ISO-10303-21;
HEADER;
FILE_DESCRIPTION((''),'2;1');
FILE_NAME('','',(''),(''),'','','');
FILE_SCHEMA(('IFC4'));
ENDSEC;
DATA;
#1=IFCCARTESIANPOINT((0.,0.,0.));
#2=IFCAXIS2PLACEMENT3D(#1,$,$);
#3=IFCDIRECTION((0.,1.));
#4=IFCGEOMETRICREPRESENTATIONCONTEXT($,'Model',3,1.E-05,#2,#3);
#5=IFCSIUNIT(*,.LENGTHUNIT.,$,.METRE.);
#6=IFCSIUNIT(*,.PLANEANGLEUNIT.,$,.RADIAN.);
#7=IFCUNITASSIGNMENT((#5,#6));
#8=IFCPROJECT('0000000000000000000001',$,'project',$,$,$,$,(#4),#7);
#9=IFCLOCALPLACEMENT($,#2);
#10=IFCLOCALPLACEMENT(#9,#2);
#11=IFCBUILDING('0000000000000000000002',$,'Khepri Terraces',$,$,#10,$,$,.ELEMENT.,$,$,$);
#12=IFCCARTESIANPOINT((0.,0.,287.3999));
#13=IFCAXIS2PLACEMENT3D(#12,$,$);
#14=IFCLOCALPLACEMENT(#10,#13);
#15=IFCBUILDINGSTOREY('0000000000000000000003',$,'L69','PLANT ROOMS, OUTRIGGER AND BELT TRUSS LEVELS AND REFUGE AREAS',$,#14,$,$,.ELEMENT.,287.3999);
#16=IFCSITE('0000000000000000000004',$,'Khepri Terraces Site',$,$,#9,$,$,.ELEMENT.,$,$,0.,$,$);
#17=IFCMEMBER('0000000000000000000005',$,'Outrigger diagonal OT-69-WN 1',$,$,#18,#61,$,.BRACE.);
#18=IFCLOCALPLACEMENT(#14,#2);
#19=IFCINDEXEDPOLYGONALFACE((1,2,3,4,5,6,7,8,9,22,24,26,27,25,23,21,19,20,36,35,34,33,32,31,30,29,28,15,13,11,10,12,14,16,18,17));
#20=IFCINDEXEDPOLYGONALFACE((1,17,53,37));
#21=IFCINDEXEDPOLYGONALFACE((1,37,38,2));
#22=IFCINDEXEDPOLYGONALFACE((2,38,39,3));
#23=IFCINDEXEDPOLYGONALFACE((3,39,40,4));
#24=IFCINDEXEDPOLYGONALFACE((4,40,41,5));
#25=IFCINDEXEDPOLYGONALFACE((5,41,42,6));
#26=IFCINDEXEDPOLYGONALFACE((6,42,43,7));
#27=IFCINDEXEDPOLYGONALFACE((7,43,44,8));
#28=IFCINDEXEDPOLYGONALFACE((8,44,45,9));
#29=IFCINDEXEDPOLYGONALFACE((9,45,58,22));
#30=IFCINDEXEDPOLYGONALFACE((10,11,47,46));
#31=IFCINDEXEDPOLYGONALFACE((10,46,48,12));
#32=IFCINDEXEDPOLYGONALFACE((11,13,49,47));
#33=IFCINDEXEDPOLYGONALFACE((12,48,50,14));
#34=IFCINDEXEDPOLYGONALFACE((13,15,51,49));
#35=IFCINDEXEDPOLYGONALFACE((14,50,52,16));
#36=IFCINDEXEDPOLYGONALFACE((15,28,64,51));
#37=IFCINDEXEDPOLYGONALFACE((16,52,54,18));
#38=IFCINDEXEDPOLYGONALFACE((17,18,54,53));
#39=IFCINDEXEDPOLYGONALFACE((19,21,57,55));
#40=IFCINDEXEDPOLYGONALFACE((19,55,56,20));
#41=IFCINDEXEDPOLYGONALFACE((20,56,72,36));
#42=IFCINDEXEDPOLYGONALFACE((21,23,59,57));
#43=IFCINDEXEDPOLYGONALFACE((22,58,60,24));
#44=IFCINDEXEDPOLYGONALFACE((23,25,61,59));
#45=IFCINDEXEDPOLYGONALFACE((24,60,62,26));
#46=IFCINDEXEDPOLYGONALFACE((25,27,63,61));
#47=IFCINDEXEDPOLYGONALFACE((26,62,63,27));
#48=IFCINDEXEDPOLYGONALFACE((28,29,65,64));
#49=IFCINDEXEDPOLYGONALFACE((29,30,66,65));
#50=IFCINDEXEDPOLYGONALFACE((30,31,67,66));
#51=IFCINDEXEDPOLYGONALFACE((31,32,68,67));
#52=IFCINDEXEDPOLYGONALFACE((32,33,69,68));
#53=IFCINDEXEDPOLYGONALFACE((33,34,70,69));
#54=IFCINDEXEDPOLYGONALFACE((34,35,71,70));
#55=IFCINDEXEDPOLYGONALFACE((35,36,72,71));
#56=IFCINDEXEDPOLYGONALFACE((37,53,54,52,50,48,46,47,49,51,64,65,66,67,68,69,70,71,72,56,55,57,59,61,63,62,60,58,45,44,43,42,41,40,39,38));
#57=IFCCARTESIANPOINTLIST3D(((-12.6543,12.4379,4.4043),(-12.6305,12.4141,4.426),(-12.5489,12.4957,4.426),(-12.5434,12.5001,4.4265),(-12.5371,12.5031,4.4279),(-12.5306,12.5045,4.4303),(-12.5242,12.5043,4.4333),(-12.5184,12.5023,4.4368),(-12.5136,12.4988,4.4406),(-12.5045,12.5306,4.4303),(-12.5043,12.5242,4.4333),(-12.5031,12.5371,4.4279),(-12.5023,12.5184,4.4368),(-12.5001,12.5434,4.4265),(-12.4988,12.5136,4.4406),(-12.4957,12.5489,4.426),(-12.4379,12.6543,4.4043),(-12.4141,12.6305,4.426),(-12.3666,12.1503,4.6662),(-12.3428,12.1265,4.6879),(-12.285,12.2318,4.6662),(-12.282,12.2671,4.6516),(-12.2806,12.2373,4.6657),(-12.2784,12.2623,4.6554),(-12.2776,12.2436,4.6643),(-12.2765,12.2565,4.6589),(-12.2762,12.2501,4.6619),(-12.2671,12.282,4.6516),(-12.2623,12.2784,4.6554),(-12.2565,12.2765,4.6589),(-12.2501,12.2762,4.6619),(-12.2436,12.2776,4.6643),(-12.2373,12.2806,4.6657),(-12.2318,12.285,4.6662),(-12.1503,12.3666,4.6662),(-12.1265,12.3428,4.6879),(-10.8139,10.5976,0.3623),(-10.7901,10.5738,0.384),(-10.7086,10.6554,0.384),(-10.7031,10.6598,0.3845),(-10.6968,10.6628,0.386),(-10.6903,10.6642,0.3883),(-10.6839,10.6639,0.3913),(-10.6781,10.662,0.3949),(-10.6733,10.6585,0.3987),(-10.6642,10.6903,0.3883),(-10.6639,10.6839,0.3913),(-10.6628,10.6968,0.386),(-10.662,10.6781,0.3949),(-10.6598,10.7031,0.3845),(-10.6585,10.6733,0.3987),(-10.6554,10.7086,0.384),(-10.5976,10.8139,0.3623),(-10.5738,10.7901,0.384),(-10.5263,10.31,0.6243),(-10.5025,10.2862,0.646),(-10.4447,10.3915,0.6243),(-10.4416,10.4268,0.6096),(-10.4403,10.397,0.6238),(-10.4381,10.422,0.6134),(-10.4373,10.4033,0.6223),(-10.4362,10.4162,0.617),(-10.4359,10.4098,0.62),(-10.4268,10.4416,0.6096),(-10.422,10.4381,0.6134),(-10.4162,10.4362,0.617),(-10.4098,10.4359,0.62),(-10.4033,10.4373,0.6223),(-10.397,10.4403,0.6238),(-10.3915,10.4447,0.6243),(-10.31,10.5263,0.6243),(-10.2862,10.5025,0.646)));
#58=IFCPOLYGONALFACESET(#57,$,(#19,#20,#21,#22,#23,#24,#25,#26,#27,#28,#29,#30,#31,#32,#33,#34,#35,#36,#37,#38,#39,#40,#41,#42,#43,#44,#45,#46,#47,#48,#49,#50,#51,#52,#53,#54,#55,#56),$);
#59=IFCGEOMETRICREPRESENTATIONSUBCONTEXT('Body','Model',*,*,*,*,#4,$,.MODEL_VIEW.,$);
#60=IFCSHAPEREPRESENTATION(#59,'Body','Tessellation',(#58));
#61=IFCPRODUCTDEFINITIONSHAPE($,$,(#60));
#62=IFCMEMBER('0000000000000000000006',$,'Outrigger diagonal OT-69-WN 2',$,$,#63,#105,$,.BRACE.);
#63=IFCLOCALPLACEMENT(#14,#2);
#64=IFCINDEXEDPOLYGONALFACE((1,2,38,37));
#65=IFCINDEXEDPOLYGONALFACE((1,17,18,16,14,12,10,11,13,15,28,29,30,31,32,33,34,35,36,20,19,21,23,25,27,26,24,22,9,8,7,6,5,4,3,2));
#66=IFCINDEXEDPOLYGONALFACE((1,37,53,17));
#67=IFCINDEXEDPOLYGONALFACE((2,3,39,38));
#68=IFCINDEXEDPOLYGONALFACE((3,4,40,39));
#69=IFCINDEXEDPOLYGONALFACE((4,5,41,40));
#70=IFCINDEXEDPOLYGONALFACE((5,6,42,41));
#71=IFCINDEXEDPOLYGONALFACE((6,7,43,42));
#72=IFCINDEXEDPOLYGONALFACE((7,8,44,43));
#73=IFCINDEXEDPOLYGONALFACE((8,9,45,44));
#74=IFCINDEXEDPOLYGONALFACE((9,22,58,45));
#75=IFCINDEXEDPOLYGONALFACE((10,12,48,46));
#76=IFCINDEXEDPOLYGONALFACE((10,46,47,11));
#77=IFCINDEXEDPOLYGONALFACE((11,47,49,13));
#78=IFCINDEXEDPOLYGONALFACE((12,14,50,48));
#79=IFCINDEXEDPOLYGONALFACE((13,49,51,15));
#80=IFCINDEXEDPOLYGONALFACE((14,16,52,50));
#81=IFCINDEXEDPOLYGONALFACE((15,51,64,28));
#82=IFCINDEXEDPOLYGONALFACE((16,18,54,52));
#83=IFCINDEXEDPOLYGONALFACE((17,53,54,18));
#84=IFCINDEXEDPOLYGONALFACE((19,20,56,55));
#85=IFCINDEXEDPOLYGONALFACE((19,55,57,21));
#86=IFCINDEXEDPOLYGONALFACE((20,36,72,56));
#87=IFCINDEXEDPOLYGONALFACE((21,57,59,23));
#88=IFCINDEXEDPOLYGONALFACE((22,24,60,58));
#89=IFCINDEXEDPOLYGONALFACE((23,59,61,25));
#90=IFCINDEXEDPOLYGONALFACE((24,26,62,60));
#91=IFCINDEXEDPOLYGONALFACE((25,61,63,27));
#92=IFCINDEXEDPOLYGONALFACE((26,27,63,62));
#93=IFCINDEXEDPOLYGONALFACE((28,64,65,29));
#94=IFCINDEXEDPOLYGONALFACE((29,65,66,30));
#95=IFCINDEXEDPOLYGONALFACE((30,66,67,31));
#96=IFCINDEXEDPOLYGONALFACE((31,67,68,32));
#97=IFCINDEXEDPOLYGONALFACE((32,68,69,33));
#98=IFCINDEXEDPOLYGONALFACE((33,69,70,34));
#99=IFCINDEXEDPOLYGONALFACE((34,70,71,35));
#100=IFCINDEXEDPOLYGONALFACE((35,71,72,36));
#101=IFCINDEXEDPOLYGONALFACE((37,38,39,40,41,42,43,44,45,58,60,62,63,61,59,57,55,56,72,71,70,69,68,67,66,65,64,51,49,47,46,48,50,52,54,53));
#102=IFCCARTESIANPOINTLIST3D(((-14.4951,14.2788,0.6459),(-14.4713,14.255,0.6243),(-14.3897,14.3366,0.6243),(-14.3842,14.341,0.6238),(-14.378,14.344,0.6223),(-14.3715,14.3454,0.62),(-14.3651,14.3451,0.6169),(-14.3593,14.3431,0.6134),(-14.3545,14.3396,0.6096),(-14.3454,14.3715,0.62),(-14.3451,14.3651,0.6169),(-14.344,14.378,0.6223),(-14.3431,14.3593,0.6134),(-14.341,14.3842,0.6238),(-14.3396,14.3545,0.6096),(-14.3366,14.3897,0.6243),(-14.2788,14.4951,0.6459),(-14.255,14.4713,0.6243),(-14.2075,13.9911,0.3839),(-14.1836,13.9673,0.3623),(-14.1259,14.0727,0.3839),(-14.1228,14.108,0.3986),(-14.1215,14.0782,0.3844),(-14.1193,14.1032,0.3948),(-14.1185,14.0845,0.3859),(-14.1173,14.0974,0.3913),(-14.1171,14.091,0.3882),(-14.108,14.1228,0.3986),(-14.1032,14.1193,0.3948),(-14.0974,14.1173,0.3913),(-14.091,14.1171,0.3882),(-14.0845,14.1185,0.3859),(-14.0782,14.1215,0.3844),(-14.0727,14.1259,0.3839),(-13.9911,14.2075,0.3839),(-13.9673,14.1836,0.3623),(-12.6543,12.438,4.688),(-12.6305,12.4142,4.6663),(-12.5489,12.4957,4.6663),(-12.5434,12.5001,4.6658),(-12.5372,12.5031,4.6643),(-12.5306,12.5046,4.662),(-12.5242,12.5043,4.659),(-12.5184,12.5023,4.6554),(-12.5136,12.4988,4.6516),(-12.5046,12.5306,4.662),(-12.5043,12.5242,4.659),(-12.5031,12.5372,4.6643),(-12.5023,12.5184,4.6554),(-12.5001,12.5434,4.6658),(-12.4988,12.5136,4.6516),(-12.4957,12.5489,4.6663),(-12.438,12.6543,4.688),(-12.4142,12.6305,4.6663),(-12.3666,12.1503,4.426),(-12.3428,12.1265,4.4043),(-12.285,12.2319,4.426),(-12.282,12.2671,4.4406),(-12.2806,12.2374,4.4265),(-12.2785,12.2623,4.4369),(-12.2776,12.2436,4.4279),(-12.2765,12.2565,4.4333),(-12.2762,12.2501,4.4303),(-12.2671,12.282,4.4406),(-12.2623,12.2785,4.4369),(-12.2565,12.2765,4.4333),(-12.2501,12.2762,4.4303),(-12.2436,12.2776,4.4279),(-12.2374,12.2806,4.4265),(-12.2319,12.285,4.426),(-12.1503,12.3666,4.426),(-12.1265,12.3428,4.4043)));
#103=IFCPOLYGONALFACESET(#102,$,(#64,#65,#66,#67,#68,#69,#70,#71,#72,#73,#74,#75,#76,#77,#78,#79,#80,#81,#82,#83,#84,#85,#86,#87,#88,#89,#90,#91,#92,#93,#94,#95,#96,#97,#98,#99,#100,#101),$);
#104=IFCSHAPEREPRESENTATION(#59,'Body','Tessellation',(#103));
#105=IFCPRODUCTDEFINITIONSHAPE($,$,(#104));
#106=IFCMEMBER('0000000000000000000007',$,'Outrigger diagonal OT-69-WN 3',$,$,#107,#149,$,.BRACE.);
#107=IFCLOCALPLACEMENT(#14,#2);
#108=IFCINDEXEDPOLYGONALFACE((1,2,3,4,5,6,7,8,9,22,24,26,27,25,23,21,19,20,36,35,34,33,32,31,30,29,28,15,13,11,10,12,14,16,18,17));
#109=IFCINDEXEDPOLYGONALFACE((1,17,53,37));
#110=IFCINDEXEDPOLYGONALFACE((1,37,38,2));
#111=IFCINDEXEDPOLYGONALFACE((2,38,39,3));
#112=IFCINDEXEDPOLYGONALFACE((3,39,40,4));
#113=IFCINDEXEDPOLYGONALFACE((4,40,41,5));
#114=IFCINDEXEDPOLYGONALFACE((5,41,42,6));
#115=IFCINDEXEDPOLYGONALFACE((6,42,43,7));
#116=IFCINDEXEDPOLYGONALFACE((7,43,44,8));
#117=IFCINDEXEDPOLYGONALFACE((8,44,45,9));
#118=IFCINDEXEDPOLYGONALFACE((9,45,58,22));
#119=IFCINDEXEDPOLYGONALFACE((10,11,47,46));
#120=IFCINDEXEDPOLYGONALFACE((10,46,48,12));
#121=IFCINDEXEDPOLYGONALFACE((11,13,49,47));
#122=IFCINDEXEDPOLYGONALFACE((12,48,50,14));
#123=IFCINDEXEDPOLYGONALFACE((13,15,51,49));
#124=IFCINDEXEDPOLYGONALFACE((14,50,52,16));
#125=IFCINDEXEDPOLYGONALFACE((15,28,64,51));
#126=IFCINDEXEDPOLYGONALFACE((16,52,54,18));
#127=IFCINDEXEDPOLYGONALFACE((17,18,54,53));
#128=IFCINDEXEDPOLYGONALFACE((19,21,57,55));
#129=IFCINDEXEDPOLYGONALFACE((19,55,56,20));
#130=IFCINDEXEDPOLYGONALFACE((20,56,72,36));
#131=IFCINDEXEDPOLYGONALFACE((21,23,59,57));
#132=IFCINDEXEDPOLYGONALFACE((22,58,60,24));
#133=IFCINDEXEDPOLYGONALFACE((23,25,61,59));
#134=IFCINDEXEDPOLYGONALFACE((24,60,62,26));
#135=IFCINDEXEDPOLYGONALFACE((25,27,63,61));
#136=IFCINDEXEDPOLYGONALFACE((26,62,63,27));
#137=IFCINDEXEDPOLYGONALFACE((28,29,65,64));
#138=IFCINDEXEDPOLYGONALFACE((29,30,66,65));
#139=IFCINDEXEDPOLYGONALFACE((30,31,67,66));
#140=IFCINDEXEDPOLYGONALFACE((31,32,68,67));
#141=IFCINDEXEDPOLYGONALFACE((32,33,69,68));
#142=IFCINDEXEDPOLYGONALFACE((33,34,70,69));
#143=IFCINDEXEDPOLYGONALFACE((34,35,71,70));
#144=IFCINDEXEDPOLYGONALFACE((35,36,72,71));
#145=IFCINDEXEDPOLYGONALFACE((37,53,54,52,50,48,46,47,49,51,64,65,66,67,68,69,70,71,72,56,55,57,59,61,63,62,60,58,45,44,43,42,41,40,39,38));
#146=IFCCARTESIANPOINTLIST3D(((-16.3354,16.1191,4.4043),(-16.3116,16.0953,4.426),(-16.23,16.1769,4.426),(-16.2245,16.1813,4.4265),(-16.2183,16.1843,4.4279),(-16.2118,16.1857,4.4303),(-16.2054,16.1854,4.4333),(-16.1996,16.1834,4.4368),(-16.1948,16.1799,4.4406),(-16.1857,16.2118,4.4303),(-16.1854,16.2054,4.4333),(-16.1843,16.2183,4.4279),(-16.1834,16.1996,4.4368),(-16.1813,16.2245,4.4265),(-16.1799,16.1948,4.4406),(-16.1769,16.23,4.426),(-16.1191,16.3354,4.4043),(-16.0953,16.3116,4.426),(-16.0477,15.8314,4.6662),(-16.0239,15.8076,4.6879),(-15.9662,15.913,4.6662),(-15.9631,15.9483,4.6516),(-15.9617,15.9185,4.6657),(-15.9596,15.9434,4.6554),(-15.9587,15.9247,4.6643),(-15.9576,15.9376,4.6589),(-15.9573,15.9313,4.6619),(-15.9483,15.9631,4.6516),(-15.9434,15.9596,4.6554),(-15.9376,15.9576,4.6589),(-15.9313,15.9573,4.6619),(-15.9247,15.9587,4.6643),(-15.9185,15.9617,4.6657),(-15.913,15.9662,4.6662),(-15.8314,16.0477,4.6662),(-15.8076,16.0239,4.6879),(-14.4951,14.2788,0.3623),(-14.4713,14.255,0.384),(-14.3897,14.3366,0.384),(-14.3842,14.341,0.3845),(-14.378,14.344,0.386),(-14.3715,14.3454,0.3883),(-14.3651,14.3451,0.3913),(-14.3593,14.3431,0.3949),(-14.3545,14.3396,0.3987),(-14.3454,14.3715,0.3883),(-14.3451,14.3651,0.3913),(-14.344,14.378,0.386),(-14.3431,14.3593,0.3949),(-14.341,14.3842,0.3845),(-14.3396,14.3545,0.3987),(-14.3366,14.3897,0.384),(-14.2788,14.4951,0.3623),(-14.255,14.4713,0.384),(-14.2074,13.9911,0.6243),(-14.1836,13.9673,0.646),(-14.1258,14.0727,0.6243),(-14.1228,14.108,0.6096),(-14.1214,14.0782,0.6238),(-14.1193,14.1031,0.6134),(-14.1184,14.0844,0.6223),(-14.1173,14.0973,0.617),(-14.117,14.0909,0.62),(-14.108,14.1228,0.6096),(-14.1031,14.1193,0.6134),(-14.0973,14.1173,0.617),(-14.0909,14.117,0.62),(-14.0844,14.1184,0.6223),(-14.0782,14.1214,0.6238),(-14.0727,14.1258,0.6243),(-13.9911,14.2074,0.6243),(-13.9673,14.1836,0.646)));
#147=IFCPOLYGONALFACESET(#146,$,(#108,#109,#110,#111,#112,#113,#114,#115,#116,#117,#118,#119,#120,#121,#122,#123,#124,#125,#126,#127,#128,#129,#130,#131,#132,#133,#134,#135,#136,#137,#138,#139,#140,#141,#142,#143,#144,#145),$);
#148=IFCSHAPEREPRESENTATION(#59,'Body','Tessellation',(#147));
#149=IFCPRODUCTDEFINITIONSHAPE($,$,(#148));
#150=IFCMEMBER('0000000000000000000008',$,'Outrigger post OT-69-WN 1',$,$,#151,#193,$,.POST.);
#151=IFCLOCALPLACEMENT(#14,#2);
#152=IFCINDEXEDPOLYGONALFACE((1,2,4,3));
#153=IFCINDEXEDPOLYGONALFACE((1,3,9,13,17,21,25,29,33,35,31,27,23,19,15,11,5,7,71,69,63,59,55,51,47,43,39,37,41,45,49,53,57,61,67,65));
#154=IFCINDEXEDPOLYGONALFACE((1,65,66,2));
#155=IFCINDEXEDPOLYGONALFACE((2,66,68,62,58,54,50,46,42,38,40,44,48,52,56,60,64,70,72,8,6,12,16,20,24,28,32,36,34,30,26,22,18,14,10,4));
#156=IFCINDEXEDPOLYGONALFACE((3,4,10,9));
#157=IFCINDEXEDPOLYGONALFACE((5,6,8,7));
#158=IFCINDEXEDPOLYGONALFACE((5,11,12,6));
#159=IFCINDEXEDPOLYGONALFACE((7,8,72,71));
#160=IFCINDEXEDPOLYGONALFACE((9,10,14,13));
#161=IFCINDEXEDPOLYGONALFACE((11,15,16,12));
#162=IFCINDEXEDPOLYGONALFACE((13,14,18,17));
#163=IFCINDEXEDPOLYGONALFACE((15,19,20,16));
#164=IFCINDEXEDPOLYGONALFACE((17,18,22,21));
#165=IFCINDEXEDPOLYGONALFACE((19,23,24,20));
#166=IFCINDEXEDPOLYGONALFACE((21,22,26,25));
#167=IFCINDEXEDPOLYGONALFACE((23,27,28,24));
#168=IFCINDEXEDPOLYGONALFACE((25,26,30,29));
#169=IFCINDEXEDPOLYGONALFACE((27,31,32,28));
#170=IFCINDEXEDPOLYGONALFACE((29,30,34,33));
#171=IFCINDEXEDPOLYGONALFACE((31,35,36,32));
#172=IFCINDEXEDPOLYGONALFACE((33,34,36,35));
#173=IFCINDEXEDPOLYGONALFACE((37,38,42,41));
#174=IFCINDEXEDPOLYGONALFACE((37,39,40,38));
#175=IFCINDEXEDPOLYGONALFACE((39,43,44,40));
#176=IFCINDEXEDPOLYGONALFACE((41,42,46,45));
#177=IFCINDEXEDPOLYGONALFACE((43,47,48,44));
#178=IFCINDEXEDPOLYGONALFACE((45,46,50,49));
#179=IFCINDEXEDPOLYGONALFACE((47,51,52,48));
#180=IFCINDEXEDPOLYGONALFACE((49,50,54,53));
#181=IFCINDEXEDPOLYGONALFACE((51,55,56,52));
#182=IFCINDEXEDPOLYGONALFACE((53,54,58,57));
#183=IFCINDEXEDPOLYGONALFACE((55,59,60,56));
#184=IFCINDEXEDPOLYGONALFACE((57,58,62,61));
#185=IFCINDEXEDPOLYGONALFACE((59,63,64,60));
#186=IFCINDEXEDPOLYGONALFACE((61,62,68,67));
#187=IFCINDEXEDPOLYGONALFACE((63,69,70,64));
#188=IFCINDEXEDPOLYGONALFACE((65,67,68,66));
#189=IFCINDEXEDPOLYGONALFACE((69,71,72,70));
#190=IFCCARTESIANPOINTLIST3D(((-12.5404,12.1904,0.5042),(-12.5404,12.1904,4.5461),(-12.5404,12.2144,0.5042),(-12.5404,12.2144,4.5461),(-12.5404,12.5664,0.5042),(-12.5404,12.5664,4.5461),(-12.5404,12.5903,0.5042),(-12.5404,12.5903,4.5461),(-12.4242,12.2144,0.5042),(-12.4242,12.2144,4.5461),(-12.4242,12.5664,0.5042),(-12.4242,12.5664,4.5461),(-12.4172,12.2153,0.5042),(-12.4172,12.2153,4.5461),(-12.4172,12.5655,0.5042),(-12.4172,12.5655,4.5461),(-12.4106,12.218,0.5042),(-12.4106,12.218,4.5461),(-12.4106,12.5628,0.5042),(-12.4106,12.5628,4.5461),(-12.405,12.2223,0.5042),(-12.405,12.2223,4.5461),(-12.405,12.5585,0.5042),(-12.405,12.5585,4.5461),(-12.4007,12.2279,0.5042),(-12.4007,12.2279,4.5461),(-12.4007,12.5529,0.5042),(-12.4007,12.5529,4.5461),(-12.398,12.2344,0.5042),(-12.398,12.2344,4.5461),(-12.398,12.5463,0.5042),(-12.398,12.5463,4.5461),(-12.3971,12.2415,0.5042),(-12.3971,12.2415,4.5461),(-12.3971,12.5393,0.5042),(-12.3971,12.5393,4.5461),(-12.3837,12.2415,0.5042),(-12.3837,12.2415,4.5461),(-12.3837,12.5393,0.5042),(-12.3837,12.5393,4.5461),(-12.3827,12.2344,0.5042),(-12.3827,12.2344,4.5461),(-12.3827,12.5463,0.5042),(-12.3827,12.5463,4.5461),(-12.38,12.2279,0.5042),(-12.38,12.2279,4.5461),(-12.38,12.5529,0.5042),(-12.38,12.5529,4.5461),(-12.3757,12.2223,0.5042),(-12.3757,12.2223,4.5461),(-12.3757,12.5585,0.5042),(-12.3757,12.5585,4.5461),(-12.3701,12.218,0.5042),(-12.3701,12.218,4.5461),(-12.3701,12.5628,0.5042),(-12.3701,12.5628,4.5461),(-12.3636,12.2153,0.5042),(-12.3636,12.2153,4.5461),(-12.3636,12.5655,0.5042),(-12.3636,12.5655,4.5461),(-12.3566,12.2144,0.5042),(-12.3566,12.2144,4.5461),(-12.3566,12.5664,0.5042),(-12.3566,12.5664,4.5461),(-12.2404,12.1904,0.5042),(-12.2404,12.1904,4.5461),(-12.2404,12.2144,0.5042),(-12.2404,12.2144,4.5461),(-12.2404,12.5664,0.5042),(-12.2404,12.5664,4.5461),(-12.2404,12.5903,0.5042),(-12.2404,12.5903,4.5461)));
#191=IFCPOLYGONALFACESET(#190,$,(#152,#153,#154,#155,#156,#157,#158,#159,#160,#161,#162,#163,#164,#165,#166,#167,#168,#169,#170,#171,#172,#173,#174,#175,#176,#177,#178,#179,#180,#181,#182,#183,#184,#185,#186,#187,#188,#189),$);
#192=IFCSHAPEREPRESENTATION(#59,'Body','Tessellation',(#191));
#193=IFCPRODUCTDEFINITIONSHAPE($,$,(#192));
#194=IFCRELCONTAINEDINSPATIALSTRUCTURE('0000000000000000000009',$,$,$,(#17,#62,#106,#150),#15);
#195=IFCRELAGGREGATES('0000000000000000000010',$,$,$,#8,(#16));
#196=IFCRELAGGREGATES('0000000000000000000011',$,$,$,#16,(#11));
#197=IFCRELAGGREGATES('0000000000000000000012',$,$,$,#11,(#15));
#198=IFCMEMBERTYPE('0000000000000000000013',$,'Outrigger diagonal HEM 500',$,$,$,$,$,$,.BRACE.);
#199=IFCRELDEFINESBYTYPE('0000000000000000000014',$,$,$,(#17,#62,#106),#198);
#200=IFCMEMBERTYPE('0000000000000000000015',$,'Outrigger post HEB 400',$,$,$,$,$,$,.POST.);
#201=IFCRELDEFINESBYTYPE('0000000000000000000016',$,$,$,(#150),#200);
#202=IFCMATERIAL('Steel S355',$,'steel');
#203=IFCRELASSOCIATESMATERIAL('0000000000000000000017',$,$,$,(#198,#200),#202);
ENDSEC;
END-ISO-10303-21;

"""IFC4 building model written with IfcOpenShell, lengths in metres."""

from ifc_helpers import new_model, si_unit, direction, frame, origin, origin_2d, place, context, subcontext, project, spatial, i_section, extrude, material, material_profile, profile_set, type_object, element, save


model = new_model("IFC4")

# Units and contexts
model_context = context("Model", 3, precision=1e-05, world=origin(), true_north=direction((0.0, 1.0)))
body_context = subcontext(model_context, "Body", "Model", "MODEL_VIEW")
ifc_project = project(units=[si_unit("LENGTHUNIT", "METRE"), si_unit("PLANEANGLEUNIT", "RADIAN")], contexts=[model_context])

# Site, building, storey
site_placement = place(None, origin())
site = spatial("IfcSite", under=ifc_project, at=site_placement, Name="Khepri Terraces Site", CompositionType="ELEMENT", RefElevation=0.0)
building_placement = place(site_placement, origin())
building = spatial("IfcBuilding", under=site, at=building_placement, Name="Khepri Terraces", CompositionType="ELEMENT")
storey_placement = place(building_placement, frame((0.0, 0.0, 287.3999)))
storey = spatial("IfcBuildingStorey", under=building, at=storey_placement, Name="L69", Description="PLANT ROOMS, OUTRIGGER AND BELT TRUSS LEVELS AND REFUGE AREAS", CompositionType="ELEMENT", Elevation=287.3999)

# Members
ifc_material_1 = material(Name="Steel S355", Category="steel")
ifc_material_profile_1 = material_profile(ifc_material_1, i_section(OverallWidth=0.3059, OverallDepth=0.5239, WebThickness=0.021, FlangeThickness=0.04, FilletRadius=0.0271, at=origin_2d()), Name="Steel S355", Category="steel")
ifc_profile_set_1 = profile_set([ifc_material_profile_1], Name="Steel S355")
member_type_1 = type_object("IfcMemberType", Name="Outrigger diagonal HEM 500", PredefinedType="BRACE", material=ifc_profile_set_1)
member_1_placement = place(storey_placement, frame((-10.55, 10.55, 0.5042), z_axis=(-0.38281, 0.38281, 0.840781), x_axis=(-0.707107, -0.707107, 0.0)))
element("IfcMember", 1, at=member_1_placement, inside=storey, type_object=member_type_1, Name="Outrigger diagonal OT-69-WN 1", PredefinedType="BRACE", context=body_context, shape_type="SweptSolid", body=[
    extrude(i_section(OverallWidth=0.3059, OverallDepth=0.5239, WebThickness=0.021, FlangeThickness=0.04, FilletRadius=0.0271, at=origin_2d()), origin(), (0.0, 0.0, 1.0), 4.8074),
])
member_2_placement = place(storey_placement, frame((-12.3904, 12.3904, 4.5461), z_axis=(-0.382882, 0.382882, -0.840716), x_axis=(-0.707107, -0.707107, 0.0)))
element("IfcMember", 2, at=member_2_placement, inside=storey, type_object=member_type_1, Name="Outrigger diagonal OT-69-WN 2", PredefinedType="BRACE", context=body_context, shape_type="SweptSolid", body=[
    extrude(i_section(OverallWidth=0.3059, OverallDepth=0.5239, WebThickness=0.021, FlangeThickness=0.04, FilletRadius=0.0271, at=origin_2d()), origin(), (0.0, 0.0, 1.0), 4.8079),
])
member_3_placement = place(storey_placement, frame((-14.2312, 14.2312, 0.5042), z_axis=(-0.38281, 0.38281, 0.840781), x_axis=(-0.707107, -0.707107, 0.0)))
element("IfcMember", 3, at=member_3_placement, inside=storey, type_object=member_type_1, Name="Outrigger diagonal OT-69-WN 3", PredefinedType="BRACE", context=body_context, shape_type="SweptSolid", body=[
    extrude(i_section(OverallWidth=0.3059, OverallDepth=0.5239, WebThickness=0.021, FlangeThickness=0.04, FilletRadius=0.0271, at=origin_2d()), origin(), (0.0, 0.0, 1.0), 4.8074),
])
ifc_material_profile_2 = material_profile(ifc_material_1, i_section(OverallWidth=0.3, OverallDepth=0.3999, WebThickness=0.0134, FlangeThickness=0.0239, FilletRadius=0.0271, at=origin_2d()), Name="Steel S355", Category="steel")
ifc_profile_set_2 = profile_set([ifc_material_profile_2], Name="Steel S355")
member_type_2 = type_object("IfcMemberType", Name="Outrigger post HEB 400", PredefinedType="POST", material=ifc_profile_set_2)
for number, where, z_axis, x_axis, name in (
    (4, (-12.3904, 12.3904, 0.5042), (0.0, 0.0, 1.0), (1.0, 0.0, 0.0), "Outrigger post OT-69-WN 1"),
):
    element("IfcMember", number, at=place(storey_placement, frame(where, z_axis=z_axis, x_axis=x_axis)), inside=storey, type_object=member_type_2, Name=name, PredefinedType="POST", context=body_context, shape_type="SweptSolid", body=[
        extrude(i_section(OverallWidth=0.3, OverallDepth=0.3999, WebThickness=0.0134, FlangeThickness=0.0239, FilletRadius=0.0271, at=origin_2d()), origin(), (0.0, 0.0, 1.0), 4.042),
    ])

save(model, "model.ifc")
